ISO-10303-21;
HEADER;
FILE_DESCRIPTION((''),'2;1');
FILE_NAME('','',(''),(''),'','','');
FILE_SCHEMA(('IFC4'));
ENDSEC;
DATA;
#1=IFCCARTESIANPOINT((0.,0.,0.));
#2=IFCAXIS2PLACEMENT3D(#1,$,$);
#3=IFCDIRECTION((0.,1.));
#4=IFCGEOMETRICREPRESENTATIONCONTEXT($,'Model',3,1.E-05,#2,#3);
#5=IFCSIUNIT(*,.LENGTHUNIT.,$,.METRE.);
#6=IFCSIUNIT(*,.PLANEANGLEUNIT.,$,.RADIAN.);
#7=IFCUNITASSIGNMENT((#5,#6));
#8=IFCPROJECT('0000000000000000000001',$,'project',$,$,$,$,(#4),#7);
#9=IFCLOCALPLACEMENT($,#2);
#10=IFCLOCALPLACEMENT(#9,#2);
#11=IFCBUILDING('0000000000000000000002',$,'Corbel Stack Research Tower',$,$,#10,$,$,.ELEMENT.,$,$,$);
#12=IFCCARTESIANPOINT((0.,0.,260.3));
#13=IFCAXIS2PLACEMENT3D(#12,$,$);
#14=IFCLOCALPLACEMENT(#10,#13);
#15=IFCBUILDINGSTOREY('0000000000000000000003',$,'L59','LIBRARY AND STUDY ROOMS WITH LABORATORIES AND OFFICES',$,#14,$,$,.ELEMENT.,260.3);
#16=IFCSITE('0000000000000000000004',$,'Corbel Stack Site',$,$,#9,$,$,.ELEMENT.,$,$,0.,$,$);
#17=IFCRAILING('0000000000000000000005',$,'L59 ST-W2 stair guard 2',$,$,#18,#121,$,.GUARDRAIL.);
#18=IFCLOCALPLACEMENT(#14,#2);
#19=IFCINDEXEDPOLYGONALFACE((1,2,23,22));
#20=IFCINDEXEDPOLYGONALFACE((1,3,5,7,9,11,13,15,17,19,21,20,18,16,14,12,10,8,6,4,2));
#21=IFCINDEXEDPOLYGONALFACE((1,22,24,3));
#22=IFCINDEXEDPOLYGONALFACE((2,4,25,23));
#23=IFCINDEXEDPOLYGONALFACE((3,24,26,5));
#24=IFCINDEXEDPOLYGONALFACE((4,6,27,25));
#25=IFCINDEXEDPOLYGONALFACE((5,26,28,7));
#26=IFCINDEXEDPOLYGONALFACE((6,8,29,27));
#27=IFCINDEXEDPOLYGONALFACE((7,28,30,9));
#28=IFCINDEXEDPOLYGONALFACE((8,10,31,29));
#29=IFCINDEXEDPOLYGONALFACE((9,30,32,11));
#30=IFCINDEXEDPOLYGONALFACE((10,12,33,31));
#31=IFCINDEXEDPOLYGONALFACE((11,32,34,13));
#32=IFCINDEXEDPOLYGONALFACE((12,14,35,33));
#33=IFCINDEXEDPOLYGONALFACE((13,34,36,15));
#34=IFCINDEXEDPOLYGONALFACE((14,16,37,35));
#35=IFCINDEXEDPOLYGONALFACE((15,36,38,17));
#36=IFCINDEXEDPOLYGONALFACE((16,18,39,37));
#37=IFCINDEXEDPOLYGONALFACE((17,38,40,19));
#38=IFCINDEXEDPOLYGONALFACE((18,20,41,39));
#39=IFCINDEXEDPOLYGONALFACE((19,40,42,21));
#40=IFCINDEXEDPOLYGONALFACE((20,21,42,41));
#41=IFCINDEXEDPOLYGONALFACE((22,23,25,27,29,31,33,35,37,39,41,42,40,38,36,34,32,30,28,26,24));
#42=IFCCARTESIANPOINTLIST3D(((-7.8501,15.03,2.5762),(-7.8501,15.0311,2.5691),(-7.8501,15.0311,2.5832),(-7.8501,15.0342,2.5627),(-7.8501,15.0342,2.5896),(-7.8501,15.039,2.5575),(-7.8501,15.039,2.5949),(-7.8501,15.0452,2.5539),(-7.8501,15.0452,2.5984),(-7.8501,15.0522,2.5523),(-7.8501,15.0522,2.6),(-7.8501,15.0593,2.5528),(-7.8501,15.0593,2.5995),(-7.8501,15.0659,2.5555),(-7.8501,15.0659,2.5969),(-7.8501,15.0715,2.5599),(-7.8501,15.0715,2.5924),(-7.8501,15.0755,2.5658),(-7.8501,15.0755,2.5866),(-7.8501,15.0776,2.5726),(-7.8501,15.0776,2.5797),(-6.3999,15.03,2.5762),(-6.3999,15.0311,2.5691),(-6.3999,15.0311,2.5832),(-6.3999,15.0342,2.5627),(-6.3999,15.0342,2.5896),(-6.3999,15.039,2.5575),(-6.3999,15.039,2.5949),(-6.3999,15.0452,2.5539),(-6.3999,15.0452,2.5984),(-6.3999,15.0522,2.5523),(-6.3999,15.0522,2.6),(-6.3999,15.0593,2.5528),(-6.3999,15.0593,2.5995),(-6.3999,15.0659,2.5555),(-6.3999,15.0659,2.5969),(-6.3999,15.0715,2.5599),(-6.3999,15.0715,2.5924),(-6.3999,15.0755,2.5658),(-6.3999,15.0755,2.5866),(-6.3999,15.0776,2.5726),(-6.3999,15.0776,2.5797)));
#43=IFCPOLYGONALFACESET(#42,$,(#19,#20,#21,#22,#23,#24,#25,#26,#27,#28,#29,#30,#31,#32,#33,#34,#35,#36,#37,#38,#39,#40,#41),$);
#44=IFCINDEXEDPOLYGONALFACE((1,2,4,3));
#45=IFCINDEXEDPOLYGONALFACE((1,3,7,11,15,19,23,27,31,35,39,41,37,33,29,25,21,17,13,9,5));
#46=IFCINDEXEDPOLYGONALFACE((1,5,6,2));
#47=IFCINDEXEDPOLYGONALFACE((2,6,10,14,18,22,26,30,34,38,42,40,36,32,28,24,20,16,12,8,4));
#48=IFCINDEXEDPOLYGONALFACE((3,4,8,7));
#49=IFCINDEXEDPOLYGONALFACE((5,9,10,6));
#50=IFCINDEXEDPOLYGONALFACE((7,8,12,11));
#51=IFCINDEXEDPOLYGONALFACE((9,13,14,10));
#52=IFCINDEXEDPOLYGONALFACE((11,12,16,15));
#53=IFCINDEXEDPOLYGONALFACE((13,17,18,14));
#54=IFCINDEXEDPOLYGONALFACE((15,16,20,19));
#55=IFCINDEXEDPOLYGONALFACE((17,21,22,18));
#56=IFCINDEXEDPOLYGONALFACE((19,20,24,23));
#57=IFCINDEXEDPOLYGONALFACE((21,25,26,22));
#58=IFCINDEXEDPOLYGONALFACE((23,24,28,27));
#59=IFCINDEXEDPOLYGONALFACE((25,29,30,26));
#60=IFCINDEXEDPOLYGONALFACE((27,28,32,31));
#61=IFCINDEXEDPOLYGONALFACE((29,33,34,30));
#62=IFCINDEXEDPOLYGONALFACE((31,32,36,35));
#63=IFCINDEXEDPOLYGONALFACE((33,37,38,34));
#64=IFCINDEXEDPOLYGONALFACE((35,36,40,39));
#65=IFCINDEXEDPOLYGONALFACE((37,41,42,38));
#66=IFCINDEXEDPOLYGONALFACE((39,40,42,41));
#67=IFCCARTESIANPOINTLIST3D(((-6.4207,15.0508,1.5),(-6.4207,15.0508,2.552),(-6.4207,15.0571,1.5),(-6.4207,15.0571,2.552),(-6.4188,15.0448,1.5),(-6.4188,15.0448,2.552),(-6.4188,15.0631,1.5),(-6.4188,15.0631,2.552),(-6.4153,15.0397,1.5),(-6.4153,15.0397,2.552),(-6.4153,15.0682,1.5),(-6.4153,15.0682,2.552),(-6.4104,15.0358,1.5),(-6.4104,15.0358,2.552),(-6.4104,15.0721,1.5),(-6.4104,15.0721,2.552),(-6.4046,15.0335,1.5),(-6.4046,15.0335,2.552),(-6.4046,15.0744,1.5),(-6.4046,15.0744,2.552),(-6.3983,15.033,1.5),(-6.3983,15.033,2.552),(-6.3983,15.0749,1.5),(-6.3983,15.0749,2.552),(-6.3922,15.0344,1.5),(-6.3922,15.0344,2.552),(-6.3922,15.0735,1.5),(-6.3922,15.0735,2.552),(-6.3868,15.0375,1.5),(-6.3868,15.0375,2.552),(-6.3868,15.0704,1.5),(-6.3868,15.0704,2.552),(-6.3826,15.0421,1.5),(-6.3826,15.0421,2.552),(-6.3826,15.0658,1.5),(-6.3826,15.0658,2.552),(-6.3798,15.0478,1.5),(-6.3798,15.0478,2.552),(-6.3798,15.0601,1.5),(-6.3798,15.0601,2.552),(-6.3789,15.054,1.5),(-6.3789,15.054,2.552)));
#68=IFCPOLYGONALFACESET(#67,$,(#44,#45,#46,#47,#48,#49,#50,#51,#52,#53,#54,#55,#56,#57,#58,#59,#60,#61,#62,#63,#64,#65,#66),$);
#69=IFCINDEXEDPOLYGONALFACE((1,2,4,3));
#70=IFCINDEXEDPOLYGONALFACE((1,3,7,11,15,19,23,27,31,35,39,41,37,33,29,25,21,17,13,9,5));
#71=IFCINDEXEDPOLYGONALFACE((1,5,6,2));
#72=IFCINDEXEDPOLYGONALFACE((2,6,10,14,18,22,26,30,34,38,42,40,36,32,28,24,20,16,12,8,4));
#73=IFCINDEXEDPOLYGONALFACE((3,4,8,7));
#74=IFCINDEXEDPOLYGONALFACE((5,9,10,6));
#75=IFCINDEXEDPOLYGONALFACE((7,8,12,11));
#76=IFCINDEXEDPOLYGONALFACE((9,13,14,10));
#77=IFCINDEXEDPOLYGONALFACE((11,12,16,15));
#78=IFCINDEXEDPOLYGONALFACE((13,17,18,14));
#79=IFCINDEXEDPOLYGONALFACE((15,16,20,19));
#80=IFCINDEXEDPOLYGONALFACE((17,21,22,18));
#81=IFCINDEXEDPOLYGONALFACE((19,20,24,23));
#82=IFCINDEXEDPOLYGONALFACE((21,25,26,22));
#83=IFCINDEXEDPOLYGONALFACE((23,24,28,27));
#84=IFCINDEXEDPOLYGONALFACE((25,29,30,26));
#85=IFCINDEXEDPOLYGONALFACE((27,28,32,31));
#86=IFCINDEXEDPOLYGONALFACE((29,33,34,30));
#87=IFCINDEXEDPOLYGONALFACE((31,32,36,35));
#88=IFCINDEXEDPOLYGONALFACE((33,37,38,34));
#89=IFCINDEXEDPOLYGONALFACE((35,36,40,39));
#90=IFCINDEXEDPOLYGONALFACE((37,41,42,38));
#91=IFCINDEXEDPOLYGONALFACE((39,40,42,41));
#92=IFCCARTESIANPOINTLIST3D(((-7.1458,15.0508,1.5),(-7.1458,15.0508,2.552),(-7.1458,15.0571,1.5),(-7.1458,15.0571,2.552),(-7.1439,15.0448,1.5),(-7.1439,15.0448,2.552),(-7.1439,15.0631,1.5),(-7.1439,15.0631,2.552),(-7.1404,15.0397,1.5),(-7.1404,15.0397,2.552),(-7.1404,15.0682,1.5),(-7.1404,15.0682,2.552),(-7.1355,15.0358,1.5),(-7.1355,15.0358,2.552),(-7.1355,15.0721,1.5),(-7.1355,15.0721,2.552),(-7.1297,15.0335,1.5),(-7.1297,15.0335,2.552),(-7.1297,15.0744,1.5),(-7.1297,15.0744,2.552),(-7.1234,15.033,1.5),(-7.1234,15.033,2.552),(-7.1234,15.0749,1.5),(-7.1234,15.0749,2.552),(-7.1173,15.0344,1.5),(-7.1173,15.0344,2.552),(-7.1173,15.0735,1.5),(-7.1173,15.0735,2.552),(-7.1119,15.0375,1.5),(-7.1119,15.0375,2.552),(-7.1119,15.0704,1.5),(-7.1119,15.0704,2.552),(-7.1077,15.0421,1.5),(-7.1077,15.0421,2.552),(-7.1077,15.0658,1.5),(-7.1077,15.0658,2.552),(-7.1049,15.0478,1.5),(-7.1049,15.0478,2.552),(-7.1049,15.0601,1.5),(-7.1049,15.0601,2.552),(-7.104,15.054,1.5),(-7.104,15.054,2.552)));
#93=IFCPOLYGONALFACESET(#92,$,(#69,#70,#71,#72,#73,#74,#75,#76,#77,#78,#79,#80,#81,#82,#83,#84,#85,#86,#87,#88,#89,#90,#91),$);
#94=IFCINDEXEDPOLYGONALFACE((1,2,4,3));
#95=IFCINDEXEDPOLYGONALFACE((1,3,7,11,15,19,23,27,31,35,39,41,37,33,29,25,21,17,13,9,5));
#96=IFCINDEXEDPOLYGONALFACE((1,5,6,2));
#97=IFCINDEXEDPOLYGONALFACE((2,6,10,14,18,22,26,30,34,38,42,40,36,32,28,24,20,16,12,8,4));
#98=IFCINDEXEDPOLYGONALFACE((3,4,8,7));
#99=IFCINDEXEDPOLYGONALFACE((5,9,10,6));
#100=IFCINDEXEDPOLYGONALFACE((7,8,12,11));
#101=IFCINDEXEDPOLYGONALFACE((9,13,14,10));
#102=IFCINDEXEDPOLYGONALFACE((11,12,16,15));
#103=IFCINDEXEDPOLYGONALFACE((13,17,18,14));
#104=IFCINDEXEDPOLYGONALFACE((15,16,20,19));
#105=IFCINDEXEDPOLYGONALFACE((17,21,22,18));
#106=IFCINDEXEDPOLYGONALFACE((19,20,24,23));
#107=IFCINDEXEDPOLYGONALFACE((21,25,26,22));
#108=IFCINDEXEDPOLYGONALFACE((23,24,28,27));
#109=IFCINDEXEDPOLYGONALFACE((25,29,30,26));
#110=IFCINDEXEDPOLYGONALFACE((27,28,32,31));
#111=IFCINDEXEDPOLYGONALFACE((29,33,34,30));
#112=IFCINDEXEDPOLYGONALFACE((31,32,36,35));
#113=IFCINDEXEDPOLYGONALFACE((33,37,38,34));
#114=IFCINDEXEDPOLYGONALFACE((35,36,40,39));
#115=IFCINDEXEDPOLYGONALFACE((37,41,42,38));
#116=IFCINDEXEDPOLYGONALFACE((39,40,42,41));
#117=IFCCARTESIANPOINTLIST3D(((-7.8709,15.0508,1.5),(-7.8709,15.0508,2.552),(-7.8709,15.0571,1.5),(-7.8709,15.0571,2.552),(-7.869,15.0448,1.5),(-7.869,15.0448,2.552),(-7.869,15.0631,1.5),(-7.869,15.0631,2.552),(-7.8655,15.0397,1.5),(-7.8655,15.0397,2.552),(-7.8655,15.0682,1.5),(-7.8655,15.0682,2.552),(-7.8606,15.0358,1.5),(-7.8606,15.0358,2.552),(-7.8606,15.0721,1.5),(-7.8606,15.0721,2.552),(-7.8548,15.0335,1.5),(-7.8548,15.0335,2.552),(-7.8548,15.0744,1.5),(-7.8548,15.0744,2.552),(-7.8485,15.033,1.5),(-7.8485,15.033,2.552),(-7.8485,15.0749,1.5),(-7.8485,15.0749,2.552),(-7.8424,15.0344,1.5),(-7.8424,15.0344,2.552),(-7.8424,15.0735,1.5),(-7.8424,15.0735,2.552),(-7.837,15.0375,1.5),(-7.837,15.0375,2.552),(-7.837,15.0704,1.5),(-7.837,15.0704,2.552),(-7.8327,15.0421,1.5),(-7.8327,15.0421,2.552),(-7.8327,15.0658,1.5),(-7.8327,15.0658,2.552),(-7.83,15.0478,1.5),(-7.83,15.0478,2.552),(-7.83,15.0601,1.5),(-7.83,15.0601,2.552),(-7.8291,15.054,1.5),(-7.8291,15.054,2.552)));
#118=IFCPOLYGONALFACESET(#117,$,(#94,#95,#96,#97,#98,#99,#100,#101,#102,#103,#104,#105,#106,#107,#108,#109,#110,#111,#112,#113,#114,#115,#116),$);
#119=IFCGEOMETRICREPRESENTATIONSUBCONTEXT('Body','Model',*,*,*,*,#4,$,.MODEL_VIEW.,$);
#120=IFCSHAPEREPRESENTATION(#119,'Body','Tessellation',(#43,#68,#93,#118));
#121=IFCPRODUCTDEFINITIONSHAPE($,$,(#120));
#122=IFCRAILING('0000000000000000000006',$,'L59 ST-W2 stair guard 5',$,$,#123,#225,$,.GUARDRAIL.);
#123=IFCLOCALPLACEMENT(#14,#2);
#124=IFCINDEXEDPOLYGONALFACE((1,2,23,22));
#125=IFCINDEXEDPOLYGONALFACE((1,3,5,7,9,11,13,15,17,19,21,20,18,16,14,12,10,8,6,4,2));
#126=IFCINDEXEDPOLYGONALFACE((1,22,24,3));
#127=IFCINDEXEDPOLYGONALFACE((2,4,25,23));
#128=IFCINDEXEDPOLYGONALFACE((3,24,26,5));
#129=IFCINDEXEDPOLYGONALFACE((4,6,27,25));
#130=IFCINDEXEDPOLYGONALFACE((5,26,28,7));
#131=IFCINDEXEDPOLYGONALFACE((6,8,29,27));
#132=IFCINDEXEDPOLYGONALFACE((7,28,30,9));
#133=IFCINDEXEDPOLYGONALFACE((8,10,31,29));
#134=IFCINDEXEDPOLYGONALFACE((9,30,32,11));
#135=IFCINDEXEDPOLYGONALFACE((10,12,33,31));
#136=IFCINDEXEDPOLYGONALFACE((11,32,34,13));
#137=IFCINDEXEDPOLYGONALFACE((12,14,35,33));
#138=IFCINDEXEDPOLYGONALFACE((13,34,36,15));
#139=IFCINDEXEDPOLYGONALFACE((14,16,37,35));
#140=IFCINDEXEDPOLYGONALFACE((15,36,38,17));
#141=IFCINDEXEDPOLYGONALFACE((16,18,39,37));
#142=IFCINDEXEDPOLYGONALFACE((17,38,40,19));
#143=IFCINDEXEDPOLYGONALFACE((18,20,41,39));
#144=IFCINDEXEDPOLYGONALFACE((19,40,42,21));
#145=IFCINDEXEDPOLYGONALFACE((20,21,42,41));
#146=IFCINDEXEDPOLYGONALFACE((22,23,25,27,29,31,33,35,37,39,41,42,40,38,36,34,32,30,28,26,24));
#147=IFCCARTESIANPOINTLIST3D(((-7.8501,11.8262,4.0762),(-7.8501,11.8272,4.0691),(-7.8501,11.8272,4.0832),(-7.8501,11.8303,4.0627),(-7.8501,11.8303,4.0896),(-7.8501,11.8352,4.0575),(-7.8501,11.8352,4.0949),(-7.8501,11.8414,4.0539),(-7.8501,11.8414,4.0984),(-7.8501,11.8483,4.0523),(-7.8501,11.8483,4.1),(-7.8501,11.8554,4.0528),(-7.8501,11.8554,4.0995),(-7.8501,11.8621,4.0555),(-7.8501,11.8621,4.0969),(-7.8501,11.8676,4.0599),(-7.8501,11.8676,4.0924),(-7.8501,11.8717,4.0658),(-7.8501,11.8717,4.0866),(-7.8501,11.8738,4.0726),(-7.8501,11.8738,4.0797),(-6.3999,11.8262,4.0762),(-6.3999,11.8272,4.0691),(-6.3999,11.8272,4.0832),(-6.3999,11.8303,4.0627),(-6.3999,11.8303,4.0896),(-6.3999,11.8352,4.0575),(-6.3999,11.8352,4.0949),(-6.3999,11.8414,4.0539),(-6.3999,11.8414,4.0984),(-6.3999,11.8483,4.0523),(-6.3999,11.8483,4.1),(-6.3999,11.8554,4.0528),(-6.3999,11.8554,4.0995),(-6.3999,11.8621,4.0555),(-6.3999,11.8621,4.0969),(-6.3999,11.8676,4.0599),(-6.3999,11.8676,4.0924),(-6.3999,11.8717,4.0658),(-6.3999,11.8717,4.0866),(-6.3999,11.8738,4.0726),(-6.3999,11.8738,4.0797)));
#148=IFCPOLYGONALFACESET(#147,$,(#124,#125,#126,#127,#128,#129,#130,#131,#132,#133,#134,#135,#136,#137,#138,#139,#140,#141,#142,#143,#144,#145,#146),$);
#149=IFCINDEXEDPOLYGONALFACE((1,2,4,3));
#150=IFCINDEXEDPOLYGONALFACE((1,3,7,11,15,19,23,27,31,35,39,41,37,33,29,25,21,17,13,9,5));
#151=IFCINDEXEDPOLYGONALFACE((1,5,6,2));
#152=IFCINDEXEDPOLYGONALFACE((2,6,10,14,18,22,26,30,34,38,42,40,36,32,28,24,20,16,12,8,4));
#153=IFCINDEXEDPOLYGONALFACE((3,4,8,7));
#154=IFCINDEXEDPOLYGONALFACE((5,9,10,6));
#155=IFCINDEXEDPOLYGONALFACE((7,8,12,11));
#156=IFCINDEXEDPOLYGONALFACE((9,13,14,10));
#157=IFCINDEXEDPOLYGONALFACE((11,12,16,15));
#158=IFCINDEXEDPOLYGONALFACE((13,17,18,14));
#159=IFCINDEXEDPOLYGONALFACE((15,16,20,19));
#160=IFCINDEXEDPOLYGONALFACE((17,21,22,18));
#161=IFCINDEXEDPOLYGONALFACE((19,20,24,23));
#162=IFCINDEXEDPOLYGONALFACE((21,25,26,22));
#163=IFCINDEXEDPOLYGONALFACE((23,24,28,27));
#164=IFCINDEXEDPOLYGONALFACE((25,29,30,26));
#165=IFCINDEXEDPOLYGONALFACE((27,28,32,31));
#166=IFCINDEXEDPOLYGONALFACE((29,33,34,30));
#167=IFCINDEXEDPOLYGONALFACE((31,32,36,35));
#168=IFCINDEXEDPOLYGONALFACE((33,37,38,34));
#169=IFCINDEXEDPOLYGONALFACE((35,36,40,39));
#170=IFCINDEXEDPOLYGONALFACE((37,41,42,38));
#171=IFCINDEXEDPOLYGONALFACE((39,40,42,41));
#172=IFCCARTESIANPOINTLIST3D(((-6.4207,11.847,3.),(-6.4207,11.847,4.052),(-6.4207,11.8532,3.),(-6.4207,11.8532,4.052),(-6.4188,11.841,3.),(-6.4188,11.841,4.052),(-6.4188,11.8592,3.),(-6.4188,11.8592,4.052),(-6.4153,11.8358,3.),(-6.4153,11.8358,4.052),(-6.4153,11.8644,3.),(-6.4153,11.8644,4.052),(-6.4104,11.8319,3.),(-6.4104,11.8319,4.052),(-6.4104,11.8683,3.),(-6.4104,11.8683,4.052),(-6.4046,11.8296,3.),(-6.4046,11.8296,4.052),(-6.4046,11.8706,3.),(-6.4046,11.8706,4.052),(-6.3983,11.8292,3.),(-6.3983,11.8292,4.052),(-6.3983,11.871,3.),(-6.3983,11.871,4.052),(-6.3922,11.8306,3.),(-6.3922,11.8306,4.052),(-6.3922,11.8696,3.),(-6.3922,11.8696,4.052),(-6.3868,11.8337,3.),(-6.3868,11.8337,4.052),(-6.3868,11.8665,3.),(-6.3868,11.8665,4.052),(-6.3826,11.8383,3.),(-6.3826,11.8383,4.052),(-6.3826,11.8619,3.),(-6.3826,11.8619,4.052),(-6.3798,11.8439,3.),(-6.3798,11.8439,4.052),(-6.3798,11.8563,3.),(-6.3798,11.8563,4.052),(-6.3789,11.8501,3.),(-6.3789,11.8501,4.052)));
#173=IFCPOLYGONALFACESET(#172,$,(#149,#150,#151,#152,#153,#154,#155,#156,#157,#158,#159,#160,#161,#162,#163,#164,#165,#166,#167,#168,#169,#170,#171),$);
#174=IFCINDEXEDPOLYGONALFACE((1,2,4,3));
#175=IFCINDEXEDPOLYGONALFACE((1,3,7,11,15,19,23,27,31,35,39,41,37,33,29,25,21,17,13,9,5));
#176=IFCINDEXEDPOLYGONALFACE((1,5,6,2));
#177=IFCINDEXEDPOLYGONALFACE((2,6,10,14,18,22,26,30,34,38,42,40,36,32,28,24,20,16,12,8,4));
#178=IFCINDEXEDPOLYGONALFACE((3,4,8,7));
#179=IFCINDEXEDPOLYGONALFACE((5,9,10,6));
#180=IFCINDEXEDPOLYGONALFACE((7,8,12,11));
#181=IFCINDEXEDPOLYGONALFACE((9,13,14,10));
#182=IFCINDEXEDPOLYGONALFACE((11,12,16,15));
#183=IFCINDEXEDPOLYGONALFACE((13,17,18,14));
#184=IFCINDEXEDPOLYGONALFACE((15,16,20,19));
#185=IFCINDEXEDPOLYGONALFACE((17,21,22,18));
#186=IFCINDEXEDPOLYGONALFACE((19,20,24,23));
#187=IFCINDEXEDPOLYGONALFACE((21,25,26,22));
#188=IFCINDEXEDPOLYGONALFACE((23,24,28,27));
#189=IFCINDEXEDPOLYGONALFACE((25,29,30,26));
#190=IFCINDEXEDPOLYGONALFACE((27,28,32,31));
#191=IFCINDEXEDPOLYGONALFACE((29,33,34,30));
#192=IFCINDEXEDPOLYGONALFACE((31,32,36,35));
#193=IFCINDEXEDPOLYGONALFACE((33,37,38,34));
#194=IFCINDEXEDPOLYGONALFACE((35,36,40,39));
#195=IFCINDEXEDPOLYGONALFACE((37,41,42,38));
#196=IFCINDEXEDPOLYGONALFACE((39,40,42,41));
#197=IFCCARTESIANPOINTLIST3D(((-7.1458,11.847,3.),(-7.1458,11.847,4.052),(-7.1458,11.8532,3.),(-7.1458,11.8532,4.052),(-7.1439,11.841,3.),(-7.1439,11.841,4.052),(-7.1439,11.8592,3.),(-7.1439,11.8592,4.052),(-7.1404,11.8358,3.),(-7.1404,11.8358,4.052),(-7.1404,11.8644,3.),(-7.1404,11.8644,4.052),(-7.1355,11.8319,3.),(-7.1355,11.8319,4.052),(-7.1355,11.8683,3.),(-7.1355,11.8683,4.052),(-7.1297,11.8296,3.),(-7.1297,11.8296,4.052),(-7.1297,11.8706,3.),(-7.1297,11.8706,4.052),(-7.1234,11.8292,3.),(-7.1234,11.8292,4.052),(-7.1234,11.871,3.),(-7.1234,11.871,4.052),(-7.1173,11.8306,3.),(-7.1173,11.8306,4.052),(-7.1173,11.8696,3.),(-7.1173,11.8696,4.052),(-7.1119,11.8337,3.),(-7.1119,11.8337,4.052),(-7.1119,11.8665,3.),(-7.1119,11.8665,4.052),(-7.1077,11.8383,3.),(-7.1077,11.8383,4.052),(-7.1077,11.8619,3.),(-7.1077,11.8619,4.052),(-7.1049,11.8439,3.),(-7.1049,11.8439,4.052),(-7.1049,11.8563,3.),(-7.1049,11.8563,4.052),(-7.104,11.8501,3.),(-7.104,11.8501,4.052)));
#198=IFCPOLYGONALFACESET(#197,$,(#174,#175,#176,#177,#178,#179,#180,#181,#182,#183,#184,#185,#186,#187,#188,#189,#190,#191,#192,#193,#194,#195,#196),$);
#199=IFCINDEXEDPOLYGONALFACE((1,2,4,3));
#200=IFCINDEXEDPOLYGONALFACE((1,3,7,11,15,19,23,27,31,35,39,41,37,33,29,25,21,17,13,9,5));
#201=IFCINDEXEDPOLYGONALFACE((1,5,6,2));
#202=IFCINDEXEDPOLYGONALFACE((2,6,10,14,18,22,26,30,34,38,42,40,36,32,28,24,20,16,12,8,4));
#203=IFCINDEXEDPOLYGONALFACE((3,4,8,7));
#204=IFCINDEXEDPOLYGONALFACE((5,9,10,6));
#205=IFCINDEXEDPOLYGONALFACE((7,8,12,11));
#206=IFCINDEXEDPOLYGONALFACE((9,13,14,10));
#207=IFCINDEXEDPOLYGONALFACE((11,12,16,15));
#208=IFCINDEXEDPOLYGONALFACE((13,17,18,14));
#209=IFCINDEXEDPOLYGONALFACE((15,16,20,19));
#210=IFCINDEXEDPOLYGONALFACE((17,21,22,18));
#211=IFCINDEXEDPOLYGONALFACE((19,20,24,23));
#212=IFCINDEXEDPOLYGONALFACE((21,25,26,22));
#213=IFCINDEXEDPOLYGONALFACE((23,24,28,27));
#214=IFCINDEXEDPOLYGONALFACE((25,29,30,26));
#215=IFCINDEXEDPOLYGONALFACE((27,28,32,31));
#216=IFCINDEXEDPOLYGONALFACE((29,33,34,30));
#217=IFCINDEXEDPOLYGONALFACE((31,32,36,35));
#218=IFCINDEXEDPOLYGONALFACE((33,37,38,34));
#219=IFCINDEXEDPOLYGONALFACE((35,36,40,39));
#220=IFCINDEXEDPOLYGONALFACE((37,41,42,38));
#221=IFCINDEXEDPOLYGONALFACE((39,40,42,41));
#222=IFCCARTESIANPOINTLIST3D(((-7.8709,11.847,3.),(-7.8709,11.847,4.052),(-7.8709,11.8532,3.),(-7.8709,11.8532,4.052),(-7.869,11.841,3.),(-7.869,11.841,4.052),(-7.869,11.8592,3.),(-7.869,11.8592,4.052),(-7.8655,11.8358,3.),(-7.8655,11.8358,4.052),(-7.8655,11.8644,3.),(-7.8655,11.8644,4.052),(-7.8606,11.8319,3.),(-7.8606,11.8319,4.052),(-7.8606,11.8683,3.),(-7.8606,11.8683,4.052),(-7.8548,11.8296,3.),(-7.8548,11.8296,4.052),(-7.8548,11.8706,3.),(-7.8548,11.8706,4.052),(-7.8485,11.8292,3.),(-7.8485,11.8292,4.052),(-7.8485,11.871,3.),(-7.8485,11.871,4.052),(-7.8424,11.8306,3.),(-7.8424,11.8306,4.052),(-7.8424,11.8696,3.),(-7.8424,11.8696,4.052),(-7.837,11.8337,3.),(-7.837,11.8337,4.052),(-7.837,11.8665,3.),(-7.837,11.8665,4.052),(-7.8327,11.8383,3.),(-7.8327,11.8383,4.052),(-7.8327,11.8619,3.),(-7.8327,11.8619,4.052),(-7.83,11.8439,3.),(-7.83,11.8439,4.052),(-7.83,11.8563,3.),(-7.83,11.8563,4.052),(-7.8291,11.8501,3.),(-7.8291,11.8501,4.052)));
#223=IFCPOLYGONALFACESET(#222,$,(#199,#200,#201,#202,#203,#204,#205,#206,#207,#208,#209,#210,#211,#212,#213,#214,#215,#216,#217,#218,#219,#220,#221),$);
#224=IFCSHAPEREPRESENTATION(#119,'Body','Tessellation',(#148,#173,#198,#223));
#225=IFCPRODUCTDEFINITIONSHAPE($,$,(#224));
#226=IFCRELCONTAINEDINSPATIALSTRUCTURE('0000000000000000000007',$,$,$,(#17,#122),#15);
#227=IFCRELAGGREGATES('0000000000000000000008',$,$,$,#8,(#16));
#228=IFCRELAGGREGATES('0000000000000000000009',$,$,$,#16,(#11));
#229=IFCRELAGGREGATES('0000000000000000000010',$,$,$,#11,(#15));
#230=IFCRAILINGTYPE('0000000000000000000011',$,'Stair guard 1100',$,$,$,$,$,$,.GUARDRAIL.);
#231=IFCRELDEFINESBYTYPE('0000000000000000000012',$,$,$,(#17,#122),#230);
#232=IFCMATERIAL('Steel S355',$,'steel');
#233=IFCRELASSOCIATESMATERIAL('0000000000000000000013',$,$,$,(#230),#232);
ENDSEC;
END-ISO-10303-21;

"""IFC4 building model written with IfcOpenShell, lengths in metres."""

from ifc_helpers import new_model, si_unit, direction, frame, origin, origin_2d, place, context, subcontext, project, spatial, circle, extrude, material, type_object, element, save


model = new_model("IFC4")

# Units and contexts
model_context = context("Model", 3, precision=1e-05, world=origin(), true_north=direction((0.0, 1.0)))
body_context = subcontext(model_context, "Body", "Model", "MODEL_VIEW")
ifc_project = project(units=[si_unit("LENGTHUNIT", "METRE"), si_unit("PLANEANGLEUNIT", "RADIAN")], contexts=[model_context])

# Site, building, storey
site_placement = place(None, origin())
site = spatial("IfcSite", under=ifc_project, at=site_placement, Name="Corbel Stack Site", CompositionType="ELEMENT", RefElevation=0.0)
building_placement = place(site_placement, origin())
building = spatial("IfcBuilding", under=site, at=building_placement, Name="Corbel Stack Research Tower", CompositionType="ELEMENT")
storey_placement = place(building_placement, frame((0.0, 0.0, 260.3)))
storey = spatial("IfcBuildingStorey", under=building, at=storey_placement, Name="L59", Description="LIBRARY AND STUDY ROOMS WITH LABORATORIES AND OFFICES", CompositionType="ELEMENT", Elevation=260.3)

# Railings
ifc_material_1 = material(Name="Steel S355", Category="steel")
railing_type_1 = type_object("IfcRailingType", Name="Stair guard 1100", PredefinedType="GUARDRAIL", material=ifc_material_1)
for number, where, name in (
    (1, (-6.3999, 15.054, 1.5), "L59 ST-W2 stair guard 2"),
    (2, (-6.3999, 11.8501, 3.0), "L59 ST-W2 stair guard 5"),
):
    element("IfcRailing", number, at=place(storey_placement, frame(where)), inside=storey, type_object=railing_type_1, Name=name, PredefinedType="GUARDRAIL", context=body_context, shape_type="SweptSolid", body=[
        extrude(circle(Radius=0.0239, at=origin_2d()), frame((0.0, 0.0, 1.0762), z_axis=(-1.0, 0.0, 0.0), x_axis=(0.0, -1.0, 0.0)), (0.0, 0.0, 1.0), 1.4502),
        extrude(circle(Radius=0.021, at=origin_2d()), origin(), (0.0, 0.0, 1.0), 1.052),
        extrude(circle(Radius=0.021, at=origin_2d()), frame((-0.7251, 0.0, 0.0)), (0.0, 0.0, 1.0), 1.052),
        extrude(circle(Radius=0.021, at=origin_2d()), frame((-1.4502, 0.0, 0.0)), (0.0, 0.0, 1.0), 1.052),
    ])

save(model, "model.ifc")
